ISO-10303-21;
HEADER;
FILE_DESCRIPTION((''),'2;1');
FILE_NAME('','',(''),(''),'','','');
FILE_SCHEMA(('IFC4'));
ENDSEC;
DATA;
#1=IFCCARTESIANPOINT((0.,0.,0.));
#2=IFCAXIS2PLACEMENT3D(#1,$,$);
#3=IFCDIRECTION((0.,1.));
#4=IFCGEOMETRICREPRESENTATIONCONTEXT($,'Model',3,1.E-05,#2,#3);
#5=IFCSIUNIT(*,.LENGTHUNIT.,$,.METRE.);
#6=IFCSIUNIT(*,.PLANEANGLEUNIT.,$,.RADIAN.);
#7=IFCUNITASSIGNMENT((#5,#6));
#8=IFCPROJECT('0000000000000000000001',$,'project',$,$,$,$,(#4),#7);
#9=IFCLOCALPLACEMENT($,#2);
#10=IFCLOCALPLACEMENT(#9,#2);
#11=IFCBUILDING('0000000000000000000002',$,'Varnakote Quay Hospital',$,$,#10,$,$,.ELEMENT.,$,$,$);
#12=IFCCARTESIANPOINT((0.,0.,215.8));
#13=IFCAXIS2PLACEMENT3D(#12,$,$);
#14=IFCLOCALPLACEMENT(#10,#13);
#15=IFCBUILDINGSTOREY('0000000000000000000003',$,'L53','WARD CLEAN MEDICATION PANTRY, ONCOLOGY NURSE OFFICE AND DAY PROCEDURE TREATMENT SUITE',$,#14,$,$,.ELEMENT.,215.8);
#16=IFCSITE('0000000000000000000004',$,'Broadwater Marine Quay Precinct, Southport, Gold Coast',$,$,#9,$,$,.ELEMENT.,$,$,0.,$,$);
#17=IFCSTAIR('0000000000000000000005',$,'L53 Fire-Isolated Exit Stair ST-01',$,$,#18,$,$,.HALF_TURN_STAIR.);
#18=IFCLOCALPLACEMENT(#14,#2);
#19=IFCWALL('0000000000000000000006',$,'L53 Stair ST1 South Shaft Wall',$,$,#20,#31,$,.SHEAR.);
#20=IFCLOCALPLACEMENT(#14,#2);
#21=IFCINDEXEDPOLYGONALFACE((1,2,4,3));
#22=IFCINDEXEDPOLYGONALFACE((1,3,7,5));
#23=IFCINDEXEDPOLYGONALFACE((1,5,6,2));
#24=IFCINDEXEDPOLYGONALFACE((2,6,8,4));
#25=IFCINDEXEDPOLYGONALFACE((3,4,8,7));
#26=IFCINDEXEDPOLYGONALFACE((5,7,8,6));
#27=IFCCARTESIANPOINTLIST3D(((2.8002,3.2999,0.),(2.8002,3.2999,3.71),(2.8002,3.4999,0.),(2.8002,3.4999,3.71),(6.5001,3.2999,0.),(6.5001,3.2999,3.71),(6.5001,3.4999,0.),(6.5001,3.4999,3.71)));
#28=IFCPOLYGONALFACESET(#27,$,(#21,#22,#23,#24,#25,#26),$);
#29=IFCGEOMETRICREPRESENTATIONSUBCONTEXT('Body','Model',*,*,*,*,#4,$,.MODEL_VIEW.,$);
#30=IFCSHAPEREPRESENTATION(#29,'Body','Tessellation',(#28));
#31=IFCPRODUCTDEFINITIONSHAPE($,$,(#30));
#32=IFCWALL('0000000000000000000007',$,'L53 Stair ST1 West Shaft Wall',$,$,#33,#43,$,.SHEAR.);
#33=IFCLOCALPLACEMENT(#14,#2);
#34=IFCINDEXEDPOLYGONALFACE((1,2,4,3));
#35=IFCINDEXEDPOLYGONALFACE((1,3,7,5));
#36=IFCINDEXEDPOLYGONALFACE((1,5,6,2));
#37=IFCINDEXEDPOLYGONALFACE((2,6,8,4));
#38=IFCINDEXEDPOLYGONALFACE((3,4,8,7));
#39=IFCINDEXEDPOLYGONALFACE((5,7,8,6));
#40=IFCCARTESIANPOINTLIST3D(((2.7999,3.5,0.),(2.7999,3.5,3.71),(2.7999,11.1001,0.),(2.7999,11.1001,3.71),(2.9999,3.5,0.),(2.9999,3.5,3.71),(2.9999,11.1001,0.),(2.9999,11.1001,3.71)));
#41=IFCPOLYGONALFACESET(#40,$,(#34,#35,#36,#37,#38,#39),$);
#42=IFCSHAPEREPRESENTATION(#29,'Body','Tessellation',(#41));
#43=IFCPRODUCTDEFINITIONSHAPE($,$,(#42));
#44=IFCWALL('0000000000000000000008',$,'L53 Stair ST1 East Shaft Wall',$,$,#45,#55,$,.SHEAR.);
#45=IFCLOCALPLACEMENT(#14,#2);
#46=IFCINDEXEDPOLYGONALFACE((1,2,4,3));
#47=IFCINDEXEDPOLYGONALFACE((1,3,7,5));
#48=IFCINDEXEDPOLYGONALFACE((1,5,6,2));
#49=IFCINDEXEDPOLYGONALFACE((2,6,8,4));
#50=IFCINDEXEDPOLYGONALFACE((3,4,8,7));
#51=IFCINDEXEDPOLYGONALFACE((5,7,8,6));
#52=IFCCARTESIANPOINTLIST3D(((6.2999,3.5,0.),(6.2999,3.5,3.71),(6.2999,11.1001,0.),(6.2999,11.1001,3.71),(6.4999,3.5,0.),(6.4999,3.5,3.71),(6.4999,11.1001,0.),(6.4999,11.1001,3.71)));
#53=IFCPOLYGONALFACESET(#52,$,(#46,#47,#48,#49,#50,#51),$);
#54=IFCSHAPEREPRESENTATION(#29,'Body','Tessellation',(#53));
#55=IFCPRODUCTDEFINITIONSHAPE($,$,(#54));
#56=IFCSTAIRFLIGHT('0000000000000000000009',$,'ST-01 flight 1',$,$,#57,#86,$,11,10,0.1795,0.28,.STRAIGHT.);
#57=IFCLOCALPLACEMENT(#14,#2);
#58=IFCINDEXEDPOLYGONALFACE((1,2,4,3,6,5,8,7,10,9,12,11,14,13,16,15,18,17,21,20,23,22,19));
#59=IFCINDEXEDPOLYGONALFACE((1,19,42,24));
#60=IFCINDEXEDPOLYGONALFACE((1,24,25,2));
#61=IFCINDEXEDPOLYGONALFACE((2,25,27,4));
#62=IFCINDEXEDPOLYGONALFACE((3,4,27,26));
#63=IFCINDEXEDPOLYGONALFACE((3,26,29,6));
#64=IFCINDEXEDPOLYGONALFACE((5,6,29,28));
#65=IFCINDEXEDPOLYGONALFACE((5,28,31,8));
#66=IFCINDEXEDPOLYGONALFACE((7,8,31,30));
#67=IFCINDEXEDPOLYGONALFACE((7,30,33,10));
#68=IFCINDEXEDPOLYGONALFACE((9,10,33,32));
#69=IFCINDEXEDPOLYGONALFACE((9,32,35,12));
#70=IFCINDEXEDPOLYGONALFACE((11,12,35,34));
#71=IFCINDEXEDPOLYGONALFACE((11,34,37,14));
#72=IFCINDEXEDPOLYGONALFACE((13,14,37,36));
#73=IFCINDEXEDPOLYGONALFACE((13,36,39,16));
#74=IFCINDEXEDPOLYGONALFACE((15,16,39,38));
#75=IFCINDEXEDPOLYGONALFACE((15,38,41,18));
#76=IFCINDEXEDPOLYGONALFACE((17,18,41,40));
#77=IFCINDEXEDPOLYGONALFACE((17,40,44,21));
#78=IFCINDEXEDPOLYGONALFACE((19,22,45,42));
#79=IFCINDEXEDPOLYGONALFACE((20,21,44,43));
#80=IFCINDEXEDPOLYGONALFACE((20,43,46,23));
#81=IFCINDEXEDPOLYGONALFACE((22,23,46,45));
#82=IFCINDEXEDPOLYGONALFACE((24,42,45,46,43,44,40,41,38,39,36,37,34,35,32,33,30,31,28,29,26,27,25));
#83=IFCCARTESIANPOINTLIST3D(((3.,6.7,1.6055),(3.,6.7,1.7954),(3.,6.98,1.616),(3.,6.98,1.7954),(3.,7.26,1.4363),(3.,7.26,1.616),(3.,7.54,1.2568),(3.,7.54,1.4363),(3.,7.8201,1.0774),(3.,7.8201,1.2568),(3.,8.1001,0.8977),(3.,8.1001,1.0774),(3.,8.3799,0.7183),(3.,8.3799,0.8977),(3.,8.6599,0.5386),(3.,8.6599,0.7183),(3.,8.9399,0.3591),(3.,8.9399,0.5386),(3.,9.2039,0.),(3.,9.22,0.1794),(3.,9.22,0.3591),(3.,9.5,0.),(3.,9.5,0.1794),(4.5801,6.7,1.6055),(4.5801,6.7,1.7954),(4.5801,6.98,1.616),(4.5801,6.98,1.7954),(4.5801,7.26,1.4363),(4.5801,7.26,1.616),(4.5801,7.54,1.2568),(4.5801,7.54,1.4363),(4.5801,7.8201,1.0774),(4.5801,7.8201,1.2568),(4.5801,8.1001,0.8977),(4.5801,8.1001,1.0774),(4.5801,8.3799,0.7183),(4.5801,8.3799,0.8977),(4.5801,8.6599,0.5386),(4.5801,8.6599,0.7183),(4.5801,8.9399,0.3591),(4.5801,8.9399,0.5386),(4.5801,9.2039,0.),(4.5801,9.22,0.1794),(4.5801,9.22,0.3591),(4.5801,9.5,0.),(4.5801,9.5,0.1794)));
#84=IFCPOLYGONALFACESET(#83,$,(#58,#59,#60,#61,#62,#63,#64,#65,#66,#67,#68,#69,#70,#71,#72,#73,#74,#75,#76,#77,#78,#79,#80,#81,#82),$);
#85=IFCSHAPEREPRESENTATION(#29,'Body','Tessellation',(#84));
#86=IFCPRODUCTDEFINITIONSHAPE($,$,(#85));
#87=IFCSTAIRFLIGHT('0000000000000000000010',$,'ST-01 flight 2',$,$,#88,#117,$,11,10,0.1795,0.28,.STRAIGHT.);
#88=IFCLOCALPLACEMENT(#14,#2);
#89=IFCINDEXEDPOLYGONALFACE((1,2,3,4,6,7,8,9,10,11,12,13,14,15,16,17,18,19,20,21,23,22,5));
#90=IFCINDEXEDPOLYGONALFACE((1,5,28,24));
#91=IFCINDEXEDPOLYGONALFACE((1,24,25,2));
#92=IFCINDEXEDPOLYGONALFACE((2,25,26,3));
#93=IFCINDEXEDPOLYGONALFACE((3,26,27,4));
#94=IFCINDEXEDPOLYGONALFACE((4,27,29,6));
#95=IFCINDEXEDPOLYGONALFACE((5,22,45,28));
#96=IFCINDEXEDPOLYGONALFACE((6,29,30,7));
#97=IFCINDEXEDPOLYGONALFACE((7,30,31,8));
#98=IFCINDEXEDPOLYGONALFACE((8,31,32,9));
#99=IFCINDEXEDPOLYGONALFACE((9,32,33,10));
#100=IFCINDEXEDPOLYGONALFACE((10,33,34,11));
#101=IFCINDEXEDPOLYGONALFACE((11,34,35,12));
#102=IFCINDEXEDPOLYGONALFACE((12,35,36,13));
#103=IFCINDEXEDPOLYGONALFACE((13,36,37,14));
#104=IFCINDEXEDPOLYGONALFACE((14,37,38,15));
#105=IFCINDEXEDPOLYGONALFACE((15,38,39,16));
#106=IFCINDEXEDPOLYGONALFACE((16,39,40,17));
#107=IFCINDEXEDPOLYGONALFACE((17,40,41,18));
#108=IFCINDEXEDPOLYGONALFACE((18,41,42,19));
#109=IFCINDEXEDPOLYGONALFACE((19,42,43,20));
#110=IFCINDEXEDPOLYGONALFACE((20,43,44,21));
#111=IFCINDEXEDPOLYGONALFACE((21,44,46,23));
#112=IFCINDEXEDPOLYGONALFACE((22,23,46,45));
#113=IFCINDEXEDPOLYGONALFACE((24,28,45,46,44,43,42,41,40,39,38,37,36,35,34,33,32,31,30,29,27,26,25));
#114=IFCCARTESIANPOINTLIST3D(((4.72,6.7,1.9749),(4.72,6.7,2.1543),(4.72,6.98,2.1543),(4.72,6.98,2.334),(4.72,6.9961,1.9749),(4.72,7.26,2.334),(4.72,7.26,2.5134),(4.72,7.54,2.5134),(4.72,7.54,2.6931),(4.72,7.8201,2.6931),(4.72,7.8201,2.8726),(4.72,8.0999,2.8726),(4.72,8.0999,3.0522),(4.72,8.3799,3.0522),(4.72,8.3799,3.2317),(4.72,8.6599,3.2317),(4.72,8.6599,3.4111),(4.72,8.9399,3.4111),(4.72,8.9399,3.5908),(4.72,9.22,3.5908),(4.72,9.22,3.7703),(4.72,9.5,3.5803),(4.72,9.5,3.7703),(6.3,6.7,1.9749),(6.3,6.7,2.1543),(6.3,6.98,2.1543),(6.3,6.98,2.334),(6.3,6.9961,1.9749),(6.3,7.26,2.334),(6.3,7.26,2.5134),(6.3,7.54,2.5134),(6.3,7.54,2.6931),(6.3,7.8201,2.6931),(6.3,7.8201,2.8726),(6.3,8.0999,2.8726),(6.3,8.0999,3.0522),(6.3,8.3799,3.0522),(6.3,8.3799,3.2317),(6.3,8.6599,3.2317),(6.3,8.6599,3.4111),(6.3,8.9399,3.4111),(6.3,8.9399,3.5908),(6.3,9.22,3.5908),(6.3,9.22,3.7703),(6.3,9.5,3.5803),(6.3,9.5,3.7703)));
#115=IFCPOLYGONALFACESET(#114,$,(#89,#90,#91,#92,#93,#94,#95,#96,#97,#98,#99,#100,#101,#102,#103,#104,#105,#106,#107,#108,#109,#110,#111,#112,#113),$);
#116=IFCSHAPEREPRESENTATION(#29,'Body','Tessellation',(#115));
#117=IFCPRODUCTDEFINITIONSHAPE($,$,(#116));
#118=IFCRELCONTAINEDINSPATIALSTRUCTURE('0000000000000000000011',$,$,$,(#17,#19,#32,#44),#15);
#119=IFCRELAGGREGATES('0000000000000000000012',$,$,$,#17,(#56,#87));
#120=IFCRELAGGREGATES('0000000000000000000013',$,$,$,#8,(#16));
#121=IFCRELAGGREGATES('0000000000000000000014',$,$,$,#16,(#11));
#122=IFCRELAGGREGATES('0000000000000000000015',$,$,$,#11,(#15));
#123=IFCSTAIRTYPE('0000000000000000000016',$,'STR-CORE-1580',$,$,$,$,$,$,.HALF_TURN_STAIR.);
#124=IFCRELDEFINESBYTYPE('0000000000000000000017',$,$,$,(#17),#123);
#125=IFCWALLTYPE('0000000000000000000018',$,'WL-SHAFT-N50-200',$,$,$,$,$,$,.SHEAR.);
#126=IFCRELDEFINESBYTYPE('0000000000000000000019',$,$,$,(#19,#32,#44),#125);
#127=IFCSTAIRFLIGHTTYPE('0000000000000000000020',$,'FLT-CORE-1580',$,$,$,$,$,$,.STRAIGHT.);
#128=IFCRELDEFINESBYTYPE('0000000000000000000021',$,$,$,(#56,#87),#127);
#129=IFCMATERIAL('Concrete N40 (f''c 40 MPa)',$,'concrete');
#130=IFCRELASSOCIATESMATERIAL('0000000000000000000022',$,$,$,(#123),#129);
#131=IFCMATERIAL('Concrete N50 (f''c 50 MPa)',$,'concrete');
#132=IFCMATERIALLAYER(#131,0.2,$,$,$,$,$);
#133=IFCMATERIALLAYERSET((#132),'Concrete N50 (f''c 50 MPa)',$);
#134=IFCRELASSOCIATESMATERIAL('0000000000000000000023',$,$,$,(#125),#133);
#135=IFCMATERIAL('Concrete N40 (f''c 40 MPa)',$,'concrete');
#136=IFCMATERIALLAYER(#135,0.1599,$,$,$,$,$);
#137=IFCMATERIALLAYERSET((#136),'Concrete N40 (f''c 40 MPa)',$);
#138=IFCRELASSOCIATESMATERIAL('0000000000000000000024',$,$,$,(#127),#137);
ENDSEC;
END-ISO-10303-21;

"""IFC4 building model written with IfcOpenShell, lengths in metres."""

from ifc_helpers import new_model, si_unit, direction, frame, frame_2d, origin, place, context, subcontext, project, spatial, polyline, rectangle, outline, extrude, material, layer, layer_set, type_object, element, aggregate, save


model = new_model("IFC4")

# Units and contexts
model_context = context("Model", 3, precision=1e-05, world=origin(), true_north=direction((0.0, 1.0)))
body_context = subcontext(model_context, "Body", "Model", "MODEL_VIEW")
ifc_project = project(units=[si_unit("LENGTHUNIT", "METRE"), si_unit("PLANEANGLEUNIT", "RADIAN")], contexts=[model_context])

# Site, building, storey
site_placement = place(None, origin())
site = spatial("IfcSite", under=ifc_project, at=site_placement, Name="Broadwater Marine Quay Precinct, Southport, Gold Coast", CompositionType="ELEMENT", RefElevation=0.0)
building_placement = place(site_placement, origin())
building = spatial("IfcBuilding", under=site, at=building_placement, Name="Varnakote Quay Hospital", CompositionType="ELEMENT")
storey_placement = place(building_placement, frame((0.0, 0.0, 215.8)))
storey = spatial("IfcBuildingStorey", under=building, at=storey_placement, Name="L53", Description="WARD CLEAN MEDICATION PANTRY, ONCOLOGY NURSE OFFICE AND DAY PROCEDURE TREATMENT SUITE", CompositionType="ELEMENT", Elevation=215.8)

# Stair
ifc_material_1 = material(Name="Concrete N40 (f'c 40 MPa)", Category="concrete")
stair_type = type_object("IfcStairType", Name="STR-CORE-1580", PredefinedType="HALF_TURN_STAIR", material=ifc_material_1)
stair_1_placement = place(storey_placement, origin())
stair_1 = element("IfcStair", 1, at=stair_1_placement, inside=storey, type_object=stair_type, Name="L53 Fire-Isolated Exit Stair ST-01", PredefinedType="HALF_TURN_STAIR")

# Walls
ifc_material_2 = material(Name="Concrete N50 (f'c 50 MPa)", Category="concrete")
ifc_layer_1 = layer(ifc_material_2, 0.2)
ifc_layer_set_1 = layer_set([ifc_layer_1], Name="Concrete N50 (f'c 50 MPa)")
wall_type_1 = type_object("IfcWallType", Name="WL-SHAFT-N50-200", PredefinedType="SHEAR", material=ifc_layer_set_1)
wall_1_placement = place(storey_placement, frame((2.8, 3.3999, 0.0), z_axis=(0.0, 0.0, 1.0), x_axis=(1.0, 0.0, 0.0)))
element("IfcWall", 2, at=wall_1_placement, inside=storey, type_object=wall_type_1, Name="L53 Stair ST1 South Shaft Wall", PredefinedType="SHEAR", context=body_context, shape_type="SweptSolid", body=[
    extrude(rectangle(XDim=3.7, YDim=0.2, at=frame_2d((1.8501, 0.0))), origin(), (0.0, 0.0, 1.0), 3.71),
])
for number, where, z_axis, x_axis, name in (
    (3, (2.8999, 3.5, 0.0), (0.0, 0.0, 1.0), (0.0, 1.0, 0.0), "L53 Stair ST1 West Shaft Wall"),
    (4, (6.3999, 3.5, 0.0), (0.0, 0.0, 1.0), (0.0, 1.0, 0.0), "L53 Stair ST1 East Shaft Wall"),
):
    element("IfcWall", number, at=place(storey_placement, frame(where, z_axis=z_axis, x_axis=x_axis)), inside=storey, type_object=wall_type_1, Name=name, PredefinedType="SHEAR", context=body_context, shape_type="SweptSolid", body=[
        extrude(rectangle(XDim=7.6001, YDim=0.2, at=frame_2d((3.8, 0.0))), origin(), (0.0, 0.0, 1.0), 3.71),
    ])

# Stair flights
ifc_material_3 = material(Name="Concrete N40 (f'c 40 MPa)", Category="concrete")
ifc_layer_2 = layer(ifc_material_3, 0.1599)
ifc_layer_set_2 = layer_set([ifc_layer_2], Name="Concrete N40 (f'c 40 MPa)")
stair_flight_type = type_object("IfcStairFlightType", Name="FLT-CORE-1580", PredefinedType="STRAIGHT", material=ifc_layer_set_2)
stair_flight_1_placement = place(storey_placement, frame((3.79, 9.5, 0.0), z_axis=(0.0, 0.0, 1.0), x_axis=(0.0, -1.0, 0.0)))
stair_flight_1 = element("IfcStairFlight", 5, at=stair_flight_1_placement, type_object=stair_flight_type, Name="ST-01 flight 1", NumberOfRisers=11, NumberOfTreads=10, PredefinedType="STRAIGHT", RiserHeight=0.1795, TreadLength=0.28, context=body_context, shape_type="SweptSolid", body=[
    extrude(outline(polyline([(0.0, 0.0), (0.0, 0.1794), (0.28, 0.1794), (0.28, 0.3591), (0.5601, 0.3591), (0.5601, 0.5386), (0.8401, 0.5386), (0.8401, 0.7183), (1.1201, 0.7183), (1.1201, 0.8977), (1.3999, 0.8977), (1.3999, 1.0774), (1.6799, 1.0774), (1.6799, 1.2568), (1.96, 1.2568), (1.96, 1.4363), (2.24, 1.4363), (2.24, 1.616), (2.52, 1.616), (2.52, 1.7954), (2.8, 1.7954), (2.8, 1.9751), (2.8, 1.6055), (0.2961, 0.0), (0.0, 0.0)])), frame((0.0, 0.79, 0.0), z_axis=(0.0, -1.0, 0.0), x_axis=(1.0, 0.0, 0.0)), (0.0, 0.0, 1.0), 1.5801),
])
stair_flight_2_placement = place(storey_placement, frame((5.51, 6.7, 1.9749), z_axis=(0.0, 0.0, 1.0), x_axis=(0.0, 1.0, 0.0)))
stair_flight_2 = element("IfcStairFlight", 6, at=stair_flight_2_placement, type_object=stair_flight_type, Name="ST-01 flight 2", NumberOfRisers=11, NumberOfTreads=10, PredefinedType="STRAIGHT", RiserHeight=0.1795, TreadLength=0.28, context=body_context, shape_type="SweptSolid", body=[
    extrude(outline(polyline([(0.0, 0.0), (0.0, 0.1794), (0.28, 0.1794), (0.28, 0.3591), (0.5601, 0.3591), (0.5601, 0.5386), (0.8401, 0.5386), (0.8401, 0.7183), (1.1201, 0.7183), (1.1201, 0.8977), (1.3999, 0.8977), (1.3999, 1.0774), (1.6799, 1.0774), (1.6799, 1.2568), (1.96, 1.2568), (1.96, 1.4363), (2.24, 1.4363), (2.24, 1.616), (2.52, 1.616), (2.52, 1.7954), (2.8, 1.7954), (2.8, 1.9751), (2.8, 1.6055), (0.2961, 0.0), (0.0, 0.0)])), frame((0.0, 0.79, 0.0), z_axis=(0.0, -1.0, 0.0), x_axis=(1.0, 0.0, 0.0)), (0.0, 0.0, 1.0), 1.5801),
])
aggregate(stair_1, [stair_flight_1, stair_flight_2])

save(model, "model.ifc")
